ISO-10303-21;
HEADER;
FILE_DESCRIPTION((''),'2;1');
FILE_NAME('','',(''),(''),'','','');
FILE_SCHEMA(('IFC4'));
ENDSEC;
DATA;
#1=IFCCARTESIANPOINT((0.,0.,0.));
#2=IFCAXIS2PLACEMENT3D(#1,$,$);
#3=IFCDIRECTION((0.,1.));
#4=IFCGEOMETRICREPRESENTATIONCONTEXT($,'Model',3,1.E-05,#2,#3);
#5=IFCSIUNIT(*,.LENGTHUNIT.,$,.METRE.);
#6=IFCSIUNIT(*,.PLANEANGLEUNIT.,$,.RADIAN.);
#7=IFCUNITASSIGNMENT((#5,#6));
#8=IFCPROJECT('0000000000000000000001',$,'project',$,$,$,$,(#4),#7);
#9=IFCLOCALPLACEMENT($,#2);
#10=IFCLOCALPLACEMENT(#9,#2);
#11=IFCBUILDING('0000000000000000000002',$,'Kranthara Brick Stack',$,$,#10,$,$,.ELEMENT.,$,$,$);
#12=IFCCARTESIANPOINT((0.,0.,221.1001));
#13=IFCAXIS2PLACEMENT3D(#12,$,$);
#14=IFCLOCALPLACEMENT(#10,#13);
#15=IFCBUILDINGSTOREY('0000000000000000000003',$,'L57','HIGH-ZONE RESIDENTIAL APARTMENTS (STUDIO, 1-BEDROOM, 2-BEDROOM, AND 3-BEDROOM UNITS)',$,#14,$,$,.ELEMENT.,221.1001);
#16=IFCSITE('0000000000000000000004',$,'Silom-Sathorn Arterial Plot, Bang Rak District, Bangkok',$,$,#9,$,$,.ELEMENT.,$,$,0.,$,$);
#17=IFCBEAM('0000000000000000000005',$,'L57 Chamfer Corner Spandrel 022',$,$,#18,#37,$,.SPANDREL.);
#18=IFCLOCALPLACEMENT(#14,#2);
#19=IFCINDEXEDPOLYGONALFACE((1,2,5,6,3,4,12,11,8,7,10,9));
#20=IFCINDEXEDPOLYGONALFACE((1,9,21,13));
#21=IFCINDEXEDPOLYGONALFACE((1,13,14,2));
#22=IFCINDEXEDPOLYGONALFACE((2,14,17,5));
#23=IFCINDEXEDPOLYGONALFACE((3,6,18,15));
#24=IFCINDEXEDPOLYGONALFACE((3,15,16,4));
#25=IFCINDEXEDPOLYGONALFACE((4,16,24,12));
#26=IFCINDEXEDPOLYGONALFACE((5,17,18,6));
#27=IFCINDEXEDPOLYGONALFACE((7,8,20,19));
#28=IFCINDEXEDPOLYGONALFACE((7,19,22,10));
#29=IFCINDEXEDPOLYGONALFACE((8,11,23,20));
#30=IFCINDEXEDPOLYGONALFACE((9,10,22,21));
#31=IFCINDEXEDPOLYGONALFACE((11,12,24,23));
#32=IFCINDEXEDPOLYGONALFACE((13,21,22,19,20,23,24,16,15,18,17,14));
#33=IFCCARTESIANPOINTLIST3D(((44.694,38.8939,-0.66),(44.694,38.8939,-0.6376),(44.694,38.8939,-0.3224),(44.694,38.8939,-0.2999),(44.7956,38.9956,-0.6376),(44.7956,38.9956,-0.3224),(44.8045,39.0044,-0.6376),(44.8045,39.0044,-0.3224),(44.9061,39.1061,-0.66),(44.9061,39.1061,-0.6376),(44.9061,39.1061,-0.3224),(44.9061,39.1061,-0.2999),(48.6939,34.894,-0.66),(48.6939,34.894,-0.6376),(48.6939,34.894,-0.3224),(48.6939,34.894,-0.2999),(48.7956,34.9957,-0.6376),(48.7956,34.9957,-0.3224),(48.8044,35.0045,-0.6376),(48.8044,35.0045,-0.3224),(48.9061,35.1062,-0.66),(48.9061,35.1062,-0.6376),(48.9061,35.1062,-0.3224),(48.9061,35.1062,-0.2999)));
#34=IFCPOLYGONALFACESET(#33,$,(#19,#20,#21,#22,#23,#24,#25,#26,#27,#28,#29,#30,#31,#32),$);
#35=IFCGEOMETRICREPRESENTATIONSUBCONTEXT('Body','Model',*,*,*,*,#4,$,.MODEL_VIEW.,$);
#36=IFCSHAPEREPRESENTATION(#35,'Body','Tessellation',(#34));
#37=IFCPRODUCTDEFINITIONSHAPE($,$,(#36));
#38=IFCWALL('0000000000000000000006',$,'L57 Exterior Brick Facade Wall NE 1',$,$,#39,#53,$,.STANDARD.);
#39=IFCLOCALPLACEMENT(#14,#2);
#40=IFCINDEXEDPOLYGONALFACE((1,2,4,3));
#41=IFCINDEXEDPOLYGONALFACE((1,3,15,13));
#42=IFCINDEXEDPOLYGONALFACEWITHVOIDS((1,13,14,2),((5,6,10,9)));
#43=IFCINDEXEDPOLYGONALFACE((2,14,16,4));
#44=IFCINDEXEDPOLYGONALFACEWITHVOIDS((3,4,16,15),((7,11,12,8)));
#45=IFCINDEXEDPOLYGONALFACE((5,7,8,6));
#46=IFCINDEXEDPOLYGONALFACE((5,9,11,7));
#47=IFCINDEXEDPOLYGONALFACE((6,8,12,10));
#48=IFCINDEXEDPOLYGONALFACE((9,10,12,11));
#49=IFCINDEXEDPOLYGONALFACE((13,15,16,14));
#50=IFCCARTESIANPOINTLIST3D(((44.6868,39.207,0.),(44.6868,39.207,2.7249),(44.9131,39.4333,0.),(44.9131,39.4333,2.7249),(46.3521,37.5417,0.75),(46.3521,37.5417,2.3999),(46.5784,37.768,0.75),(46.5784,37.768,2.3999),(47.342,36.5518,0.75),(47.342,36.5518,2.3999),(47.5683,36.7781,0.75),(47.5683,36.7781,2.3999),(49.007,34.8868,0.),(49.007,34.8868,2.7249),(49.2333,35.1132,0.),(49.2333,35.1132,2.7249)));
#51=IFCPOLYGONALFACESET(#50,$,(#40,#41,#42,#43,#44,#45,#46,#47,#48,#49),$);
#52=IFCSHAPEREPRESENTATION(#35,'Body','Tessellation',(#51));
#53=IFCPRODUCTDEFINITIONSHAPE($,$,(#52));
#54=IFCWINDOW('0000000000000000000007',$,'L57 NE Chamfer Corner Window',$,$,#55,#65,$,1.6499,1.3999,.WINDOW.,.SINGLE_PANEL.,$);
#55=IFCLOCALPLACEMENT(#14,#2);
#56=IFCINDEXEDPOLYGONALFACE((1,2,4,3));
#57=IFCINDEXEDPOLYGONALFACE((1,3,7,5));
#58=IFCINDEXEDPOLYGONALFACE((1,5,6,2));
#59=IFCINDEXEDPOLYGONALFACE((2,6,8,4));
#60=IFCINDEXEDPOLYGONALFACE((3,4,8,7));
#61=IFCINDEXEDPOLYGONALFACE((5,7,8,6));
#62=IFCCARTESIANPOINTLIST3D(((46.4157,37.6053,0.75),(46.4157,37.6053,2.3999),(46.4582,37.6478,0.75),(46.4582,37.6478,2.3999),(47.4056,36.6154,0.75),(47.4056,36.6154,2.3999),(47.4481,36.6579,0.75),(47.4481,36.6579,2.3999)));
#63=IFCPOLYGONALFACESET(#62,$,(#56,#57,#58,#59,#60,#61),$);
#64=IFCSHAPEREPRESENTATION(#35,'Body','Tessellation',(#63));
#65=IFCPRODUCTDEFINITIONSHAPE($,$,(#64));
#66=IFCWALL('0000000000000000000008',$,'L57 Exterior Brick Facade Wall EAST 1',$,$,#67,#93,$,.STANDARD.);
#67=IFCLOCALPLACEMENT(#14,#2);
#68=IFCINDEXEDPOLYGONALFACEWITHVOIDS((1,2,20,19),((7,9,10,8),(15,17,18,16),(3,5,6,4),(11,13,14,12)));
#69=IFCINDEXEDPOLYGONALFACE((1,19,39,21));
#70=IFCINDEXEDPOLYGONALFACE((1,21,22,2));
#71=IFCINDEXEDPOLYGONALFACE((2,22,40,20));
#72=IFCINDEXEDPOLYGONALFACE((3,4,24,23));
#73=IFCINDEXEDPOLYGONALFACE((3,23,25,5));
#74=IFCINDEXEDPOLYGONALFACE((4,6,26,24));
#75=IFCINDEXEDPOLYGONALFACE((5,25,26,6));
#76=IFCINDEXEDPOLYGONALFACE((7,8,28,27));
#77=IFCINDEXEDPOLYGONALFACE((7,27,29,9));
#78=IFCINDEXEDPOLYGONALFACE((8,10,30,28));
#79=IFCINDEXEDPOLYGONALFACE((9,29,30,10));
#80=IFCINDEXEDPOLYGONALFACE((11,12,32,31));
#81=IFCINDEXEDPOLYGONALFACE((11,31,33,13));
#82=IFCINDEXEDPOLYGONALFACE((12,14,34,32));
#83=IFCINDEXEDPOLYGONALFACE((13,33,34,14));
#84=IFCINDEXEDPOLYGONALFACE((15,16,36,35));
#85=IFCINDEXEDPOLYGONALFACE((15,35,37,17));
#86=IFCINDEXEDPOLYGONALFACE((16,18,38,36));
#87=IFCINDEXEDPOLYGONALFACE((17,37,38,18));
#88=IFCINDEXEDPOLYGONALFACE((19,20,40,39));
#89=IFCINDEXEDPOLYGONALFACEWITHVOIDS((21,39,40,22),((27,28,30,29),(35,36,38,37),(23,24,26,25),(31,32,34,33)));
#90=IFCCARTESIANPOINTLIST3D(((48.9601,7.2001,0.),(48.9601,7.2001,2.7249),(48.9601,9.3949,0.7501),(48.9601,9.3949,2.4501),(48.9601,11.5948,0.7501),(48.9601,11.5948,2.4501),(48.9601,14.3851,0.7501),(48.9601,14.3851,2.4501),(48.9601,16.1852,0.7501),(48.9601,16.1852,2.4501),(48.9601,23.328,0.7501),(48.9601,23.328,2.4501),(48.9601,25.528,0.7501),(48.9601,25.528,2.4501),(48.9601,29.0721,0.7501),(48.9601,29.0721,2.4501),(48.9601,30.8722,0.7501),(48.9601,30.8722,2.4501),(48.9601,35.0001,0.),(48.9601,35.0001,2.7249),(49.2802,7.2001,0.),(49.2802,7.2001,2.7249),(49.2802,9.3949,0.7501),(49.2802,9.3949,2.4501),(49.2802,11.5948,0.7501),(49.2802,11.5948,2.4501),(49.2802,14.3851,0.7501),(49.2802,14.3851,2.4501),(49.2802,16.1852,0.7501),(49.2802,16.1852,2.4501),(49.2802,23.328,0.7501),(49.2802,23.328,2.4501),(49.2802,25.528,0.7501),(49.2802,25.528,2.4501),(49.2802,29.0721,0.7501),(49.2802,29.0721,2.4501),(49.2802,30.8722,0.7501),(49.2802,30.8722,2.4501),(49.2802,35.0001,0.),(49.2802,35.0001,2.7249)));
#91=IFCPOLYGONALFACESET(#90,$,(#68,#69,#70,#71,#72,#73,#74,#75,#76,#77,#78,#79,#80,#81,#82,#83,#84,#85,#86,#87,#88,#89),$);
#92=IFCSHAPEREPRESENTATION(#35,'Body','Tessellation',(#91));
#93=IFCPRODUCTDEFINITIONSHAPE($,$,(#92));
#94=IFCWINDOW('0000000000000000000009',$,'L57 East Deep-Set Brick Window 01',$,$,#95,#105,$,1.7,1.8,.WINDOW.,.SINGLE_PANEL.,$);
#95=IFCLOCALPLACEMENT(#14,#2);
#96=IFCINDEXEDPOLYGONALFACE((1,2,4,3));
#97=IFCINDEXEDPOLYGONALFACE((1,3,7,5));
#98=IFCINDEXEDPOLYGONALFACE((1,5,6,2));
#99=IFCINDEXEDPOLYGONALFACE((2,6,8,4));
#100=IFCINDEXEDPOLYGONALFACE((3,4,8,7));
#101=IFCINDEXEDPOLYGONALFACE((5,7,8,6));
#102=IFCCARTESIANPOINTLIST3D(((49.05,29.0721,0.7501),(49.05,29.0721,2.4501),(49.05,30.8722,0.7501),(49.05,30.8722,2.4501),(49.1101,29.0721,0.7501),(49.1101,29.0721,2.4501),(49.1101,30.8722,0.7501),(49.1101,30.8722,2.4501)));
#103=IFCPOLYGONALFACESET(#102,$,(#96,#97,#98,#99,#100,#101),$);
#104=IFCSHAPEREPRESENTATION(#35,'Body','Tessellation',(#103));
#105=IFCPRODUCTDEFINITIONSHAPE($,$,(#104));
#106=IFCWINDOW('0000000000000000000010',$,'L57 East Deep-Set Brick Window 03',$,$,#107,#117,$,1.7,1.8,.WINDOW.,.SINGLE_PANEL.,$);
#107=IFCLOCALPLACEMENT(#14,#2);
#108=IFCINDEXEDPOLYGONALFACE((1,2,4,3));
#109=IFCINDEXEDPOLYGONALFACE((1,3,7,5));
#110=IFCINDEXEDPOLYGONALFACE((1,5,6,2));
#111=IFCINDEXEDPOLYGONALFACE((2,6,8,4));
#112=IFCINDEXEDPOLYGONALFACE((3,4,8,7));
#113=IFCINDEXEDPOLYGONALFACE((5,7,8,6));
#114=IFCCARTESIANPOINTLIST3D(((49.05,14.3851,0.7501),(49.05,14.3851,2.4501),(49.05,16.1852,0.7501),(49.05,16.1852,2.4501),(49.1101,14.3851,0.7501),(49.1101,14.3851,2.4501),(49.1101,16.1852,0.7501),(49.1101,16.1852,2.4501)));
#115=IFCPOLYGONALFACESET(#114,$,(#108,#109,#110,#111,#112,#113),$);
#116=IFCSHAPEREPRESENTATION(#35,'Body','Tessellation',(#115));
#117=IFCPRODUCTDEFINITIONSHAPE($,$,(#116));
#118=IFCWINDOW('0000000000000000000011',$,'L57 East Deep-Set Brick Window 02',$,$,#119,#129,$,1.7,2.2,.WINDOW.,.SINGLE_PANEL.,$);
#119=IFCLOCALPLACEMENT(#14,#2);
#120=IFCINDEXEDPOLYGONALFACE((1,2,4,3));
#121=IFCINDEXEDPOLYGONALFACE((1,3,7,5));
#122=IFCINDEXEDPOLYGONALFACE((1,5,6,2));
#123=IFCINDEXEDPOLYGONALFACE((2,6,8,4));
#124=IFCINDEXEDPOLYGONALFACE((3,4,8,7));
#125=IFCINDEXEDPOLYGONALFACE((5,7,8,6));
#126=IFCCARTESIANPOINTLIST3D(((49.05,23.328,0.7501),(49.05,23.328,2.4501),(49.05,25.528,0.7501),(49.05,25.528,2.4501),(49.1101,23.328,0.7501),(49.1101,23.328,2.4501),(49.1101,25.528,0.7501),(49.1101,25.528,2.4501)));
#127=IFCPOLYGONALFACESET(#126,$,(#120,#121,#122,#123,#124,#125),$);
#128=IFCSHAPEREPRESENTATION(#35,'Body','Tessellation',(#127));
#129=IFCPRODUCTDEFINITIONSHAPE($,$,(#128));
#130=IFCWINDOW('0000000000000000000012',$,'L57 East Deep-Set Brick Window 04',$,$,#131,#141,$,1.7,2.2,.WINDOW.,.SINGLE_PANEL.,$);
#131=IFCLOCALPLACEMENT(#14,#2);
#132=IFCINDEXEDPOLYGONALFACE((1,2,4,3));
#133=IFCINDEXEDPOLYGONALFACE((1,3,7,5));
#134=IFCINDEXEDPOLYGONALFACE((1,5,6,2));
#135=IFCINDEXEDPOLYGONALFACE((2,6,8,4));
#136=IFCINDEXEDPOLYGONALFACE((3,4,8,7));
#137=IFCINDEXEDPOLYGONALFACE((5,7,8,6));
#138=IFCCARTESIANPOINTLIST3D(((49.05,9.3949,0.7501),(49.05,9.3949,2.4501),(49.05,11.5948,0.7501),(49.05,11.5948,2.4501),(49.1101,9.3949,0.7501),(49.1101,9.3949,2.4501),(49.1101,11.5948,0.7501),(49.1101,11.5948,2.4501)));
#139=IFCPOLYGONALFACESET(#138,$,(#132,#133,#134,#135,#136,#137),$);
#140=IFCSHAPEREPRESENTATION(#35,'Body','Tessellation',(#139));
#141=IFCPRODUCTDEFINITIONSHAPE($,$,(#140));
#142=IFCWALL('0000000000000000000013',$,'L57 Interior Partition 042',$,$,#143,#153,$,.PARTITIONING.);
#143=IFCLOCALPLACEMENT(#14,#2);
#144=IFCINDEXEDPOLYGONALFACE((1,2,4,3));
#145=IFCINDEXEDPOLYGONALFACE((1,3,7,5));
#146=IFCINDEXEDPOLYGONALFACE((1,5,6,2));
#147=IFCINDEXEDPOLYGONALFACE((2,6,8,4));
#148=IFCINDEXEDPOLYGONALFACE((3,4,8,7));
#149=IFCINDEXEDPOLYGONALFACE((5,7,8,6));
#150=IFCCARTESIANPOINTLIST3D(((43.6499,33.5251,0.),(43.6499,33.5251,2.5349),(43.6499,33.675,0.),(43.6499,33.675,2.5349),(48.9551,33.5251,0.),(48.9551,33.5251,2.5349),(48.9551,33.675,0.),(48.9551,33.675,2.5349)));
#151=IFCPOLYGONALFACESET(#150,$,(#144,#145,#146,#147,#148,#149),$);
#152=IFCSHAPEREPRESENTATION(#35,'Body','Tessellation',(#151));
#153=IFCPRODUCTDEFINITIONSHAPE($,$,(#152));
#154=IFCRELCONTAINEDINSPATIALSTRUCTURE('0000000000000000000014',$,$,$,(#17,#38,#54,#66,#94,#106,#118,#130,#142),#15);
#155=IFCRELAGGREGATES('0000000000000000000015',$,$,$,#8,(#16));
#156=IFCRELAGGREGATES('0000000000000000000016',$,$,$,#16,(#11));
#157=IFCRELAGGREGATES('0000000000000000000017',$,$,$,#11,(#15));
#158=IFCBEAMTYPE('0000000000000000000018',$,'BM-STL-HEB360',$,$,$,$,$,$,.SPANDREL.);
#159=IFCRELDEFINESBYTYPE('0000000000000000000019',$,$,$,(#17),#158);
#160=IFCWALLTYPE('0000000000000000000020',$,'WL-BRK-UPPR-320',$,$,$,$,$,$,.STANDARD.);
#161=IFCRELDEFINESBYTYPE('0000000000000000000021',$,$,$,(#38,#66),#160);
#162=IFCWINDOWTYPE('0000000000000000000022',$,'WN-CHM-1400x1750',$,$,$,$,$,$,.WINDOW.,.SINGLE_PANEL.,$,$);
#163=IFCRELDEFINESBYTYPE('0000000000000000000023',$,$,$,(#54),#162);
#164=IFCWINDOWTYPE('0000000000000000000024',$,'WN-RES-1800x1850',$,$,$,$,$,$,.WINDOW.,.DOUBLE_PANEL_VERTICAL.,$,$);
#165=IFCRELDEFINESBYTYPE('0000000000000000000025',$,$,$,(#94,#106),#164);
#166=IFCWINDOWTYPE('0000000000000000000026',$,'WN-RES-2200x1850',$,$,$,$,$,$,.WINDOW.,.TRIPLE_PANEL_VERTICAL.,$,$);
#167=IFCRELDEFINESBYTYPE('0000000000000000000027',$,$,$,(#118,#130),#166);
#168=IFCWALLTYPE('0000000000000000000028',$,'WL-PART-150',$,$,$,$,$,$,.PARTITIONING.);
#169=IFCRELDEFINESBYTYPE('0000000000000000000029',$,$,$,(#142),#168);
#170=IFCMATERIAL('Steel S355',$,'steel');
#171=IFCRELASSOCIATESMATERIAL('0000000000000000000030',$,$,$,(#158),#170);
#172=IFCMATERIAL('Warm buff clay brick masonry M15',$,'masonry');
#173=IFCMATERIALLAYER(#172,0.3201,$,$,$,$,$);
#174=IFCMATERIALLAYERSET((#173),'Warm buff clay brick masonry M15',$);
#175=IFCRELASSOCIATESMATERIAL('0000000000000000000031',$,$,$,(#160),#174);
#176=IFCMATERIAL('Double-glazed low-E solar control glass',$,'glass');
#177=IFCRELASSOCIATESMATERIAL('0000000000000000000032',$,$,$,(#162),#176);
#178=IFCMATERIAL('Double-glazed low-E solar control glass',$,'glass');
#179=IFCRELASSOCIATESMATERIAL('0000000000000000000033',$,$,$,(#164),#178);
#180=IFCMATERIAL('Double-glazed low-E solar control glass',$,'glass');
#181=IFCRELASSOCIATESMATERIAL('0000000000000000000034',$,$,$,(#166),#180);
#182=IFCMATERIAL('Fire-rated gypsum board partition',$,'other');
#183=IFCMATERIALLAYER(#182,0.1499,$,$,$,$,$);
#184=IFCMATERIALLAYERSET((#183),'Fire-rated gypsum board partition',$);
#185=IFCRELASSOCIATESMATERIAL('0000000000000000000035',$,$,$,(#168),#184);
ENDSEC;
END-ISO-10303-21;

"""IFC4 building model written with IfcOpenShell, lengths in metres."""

from ifc_helpers import new_model, si_unit, direction, frame, frame_2d, origin, origin_2d, place, context, subcontext, project, spatial, rectangle, i_section, extrude, material, layer, layer_set, material_profile, profile_set, type_object, element, fill, save


model = new_model("IFC4")

# Units and contexts
model_context = context("Model", 3, precision=1e-05, world=origin(), true_north=direction((0.0, 1.0)))
body_context = subcontext(model_context, "Body", "Model", "MODEL_VIEW")
ifc_project = project(units=[si_unit("LENGTHUNIT", "METRE"), si_unit("PLANEANGLEUNIT", "RADIAN")], contexts=[model_context])

# Site, building, storey
site_placement = place(None, origin())
site = spatial("IfcSite", under=ifc_project, at=site_placement, Name="Silom-Sathorn Arterial Plot, Bang Rak District, Bangkok", CompositionType="ELEMENT", RefElevation=0.0)
building_placement = place(site_placement, origin())
building = spatial("IfcBuilding", under=site, at=building_placement, Name="Kranthara Brick Stack", CompositionType="ELEMENT")
storey_placement = place(building_placement, frame((0.0, 0.0, 221.1001)))
storey = spatial("IfcBuildingStorey", under=building, at=storey_placement, Name="L57", Description="HIGH-ZONE RESIDENTIAL APARTMENTS (STUDIO, 1-BEDROOM, 2-BEDROOM, AND 3-BEDROOM UNITS)", CompositionType="ELEMENT", Elevation=221.1001)

# Beam
ifc_material_1 = material(Name="Steel S355", Category="steel")
ifc_material_profile_1 = material_profile(ifc_material_1, i_section(OverallWidth=0.3, OverallDepth=0.3601, WebThickness=0.0125, FlangeThickness=0.0225, at=origin_2d()), Name="HEB 360")
ifc_profile_set_1 = profile_set([ifc_material_profile_1], Name="Steel S355")
beam_type_1 = type_object("IfcBeamType", Name="BM-STL-HEB360", PredefinedType="SPANDREL", material=ifc_profile_set_1)
beam_1_placement = place(storey_placement, frame((44.8, 39.0, -0.48), z_axis=(0.707107, -0.707107, 0.0), x_axis=(0.707107, 0.707107, 0.0)))
element("IfcBeam", 1, at=beam_1_placement, inside=storey, type_object=beam_type_1, Name="L57 Chamfer Corner Spandrel 022", PredefinedType="SPANDREL", context=body_context, shape_type="SweptSolid", body=[
    extrude(i_section(OverallWidth=0.3, OverallDepth=0.3601, WebThickness=0.0125, FlangeThickness=0.0225, at=origin_2d()), origin(), (0.0, 0.0, 1.0), 5.6567),
])

# Wall, opening, window
ifc_material_2 = material(Name="Warm buff clay brick masonry M15", Category="masonry")
ifc_layer_1 = layer(ifc_material_2, 0.3201)
ifc_layer_set_1 = layer_set([ifc_layer_1], Name="Warm buff clay brick masonry M15")
wall_type_1 = type_object("IfcWallType", Name="WL-BRK-UPPR-320", PredefinedType="STANDARD", material=ifc_layer_set_1)
wall_1_placement = place(storey_placement, frame((44.8, 39.3201, 0.0), z_axis=(0.0, 0.0, 1.0), x_axis=(0.707107, -0.707107, 0.0)))
wall_1 = element("IfcWall", 2, at=wall_1_placement, inside=storey, type_object=wall_type_1, Name="L57 Exterior Brick Facade Wall NE 1", PredefinedType="STANDARD", context=body_context, shape_type="SweptSolid", body=[
    extrude(rectangle(XDim=6.1096, YDim=0.3201, at=frame_2d((3.0547, 0.0))), origin(), (0.0, 0.0, 1.0), 2.7249),
])
opening_1_placement = place(wall_1_placement, frame((2.355, 0.0, 0.75)))
opening_1 = element("IfcOpeningElement", 3, at=opening_1_placement, cuts=wall_1, PredefinedType="OPENING", context=body_context, shape_type="SweptSolid", body=[
    extrude(rectangle(XDim=1.3999, YDim=1.6499, at=frame_2d((0.7, 0.825))), frame((0.0, 0.1699, 0.0), z_axis=(0.0, -1.0, 0.0), x_axis=(1.0, 0.0, 0.0)), (0.0, 0.0, 1.0), 0.3401),
])
ifc_material_3 = material(Name="Double-glazed low-E solar control glass", Category="glass")
window_type_1 = type_object("IfcWindowType", Name="WN-CHM-1400x1750", PartitioningType="SINGLE_PANEL", PredefinedType="WINDOW", material=ifc_material_3)
window_1_placement = place(opening_1_placement, origin())
window_1 = element("IfcWindow", 4, at=window_1_placement, inside=storey, type_object=window_type_1, Name="L57 NE Chamfer Corner Window", OverallHeight=1.6499, OverallWidth=1.3999, PartitioningType="SINGLE_PANEL", PredefinedType="WINDOW", context=body_context, shape_type="SweptSolid", body=[
    extrude(rectangle(XDim=1.3999, YDim=1.6499, at=frame_2d((0.7, 0.825))), frame((0.0, -0.01, 0.0), z_axis=(0.0, -1.0, 0.0), x_axis=(1.0, 0.0, 0.0)), (0.0, 0.0, 1.0), 0.0601),
])
fill(opening_1, window_1)

# Wall, openings, windows
wall_2_placement = place(storey_placement, frame((49.1201, 35.0, 0.0), z_axis=(0.0, 0.0, 1.0), x_axis=(0.0, -1.0, 0.0)))
wall_2 = element("IfcWall", 5, at=wall_2_placement, inside=storey, type_object=wall_type_1, Name="L57 Exterior Brick Facade Wall EAST 1", PredefinedType="STANDARD", context=body_context, shape_type="SweptSolid", body=[
    extrude(rectangle(XDim=27.8, YDim=0.3201, at=frame_2d((13.8999, 0.0))), origin(), (0.0, 0.0, 1.0), 2.7249),
])
opening_2_placement = place(wall_2_placement, frame((4.1279, 0.0, 0.75)))
opening_2 = element("IfcOpeningElement", 6, at=opening_2_placement, cuts=wall_2, PredefinedType="OPENING", context=body_context, shape_type="SweptSolid", body=[
    extrude(rectangle(XDim=1.8, YDim=1.7, at=frame_2d((0.8999, 0.8501))), frame((0.0, 0.1699, 0.0), z_axis=(0.0, -1.0, 0.0), x_axis=(1.0, 0.0, 0.0)), (0.0, 0.0, 1.0), 0.3401),
])
opening_3_placement = place(wall_2_placement, frame((9.4719, 0.0, 0.75)))
opening_3 = element("IfcOpeningElement", 7, at=opening_3_placement, cuts=wall_2, PredefinedType="OPENING", context=body_context, shape_type="SweptSolid", body=[
    extrude(rectangle(XDim=2.2, YDim=1.7, at=frame_2d((1.1001, 0.8501))), frame((0.0, 0.1699, 0.0), z_axis=(0.0, -1.0, 0.0), x_axis=(1.0, 0.0, 0.0)), (0.0, 0.0, 1.0), 0.3401),
])
opening_4_placement = place(wall_2_placement, frame((18.8149, 0.0, 0.75)))
opening_4 = element("IfcOpeningElement", 8, at=opening_4_placement, cuts=wall_2, PredefinedType="OPENING", context=body_context, shape_type="SweptSolid", body=[
    extrude(rectangle(XDim=1.8, YDim=1.7, at=frame_2d((0.8999, 0.8501))), frame((0.0, 0.1699, 0.0), z_axis=(0.0, -1.0, 0.0), x_axis=(1.0, 0.0, 0.0)), (0.0, 0.0, 1.0), 0.3401),
])
opening_5_placement = place(wall_2_placement, frame((23.405, 0.0, 0.75)))
opening_5 = element("IfcOpeningElement", 9, at=opening_5_placement, cuts=wall_2, PredefinedType="OPENING", context=body_context, shape_type="SweptSolid", body=[
    extrude(rectangle(XDim=2.2, YDim=1.7, at=frame_2d((1.1001, 0.8501))), frame((0.0, 0.1699, 0.0), z_axis=(0.0, -1.0, 0.0), x_axis=(1.0, 0.0, 0.0)), (0.0, 0.0, 1.0), 0.3401),
])
ifc_material_4 = material(Name="Double-glazed low-E solar control glass", Category="glass")
window_type_2 = type_object("IfcWindowType", Name="WN-RES-1800x1850", PartitioningType="DOUBLE_PANEL_VERTICAL", PredefinedType="WINDOW", material=ifc_material_4)
window_2_placement = place(opening_2_placement, origin())
window_2 = element("IfcWindow", 10, at=window_2_placement, inside=storey, type_object=window_type_2, Name="L57 East Deep-Set Brick Window 01", OverallHeight=1.7, OverallWidth=1.8, PartitioningType="SINGLE_PANEL", PredefinedType="WINDOW", context=body_context, shape_type="SweptSolid", body=[
    extrude(rectangle(XDim=1.8, YDim=1.7, at=frame_2d((0.8999, 0.8501))), frame((0.0, -0.01, 0.0), z_axis=(0.0, -1.0, 0.0), x_axis=(1.0, 0.0, 0.0)), (0.0, 0.0, 1.0), 0.0601),
])
fill(opening_2, window_2)
window_3_placement = place(opening_4_placement, origin())
window_3 = element("IfcWindow", 11, at=window_3_placement, inside=storey, type_object=window_type_2, Name="L57 East Deep-Set Brick Window 03", OverallHeight=1.7, OverallWidth=1.8, PartitioningType="SINGLE_PANEL", PredefinedType="WINDOW", context=body_context, shape_type="SweptSolid", body=[
    extrude(rectangle(XDim=1.8, YDim=1.7, at=frame_2d((0.8999, 0.8501))), frame((0.0, -0.01, 0.0), z_axis=(0.0, -1.0, 0.0), x_axis=(1.0, 0.0, 0.0)), (0.0, 0.0, 1.0), 0.0601),
])
fill(opening_4, window_3)
ifc_material_5 = material(Name="Double-glazed low-E solar control glass", Category="glass")
window_type_3 = type_object("IfcWindowType", Name="WN-RES-2200x1850", PartitioningType="TRIPLE_PANEL_VERTICAL", PredefinedType="WINDOW", material=ifc_material_5)
window_4_placement = place(opening_3_placement, origin())
window_4 = element("IfcWindow", 12, at=window_4_placement, inside=storey, type_object=window_type_3, Name="L57 East Deep-Set Brick Window 02", OverallHeight=1.7, OverallWidth=2.2, PartitioningType="SINGLE_PANEL", PredefinedType="WINDOW", context=body_context, shape_type="SweptSolid", body=[
    extrude(rectangle(XDim=2.2, YDim=1.7, at=frame_2d((1.1001, 0.8501))), frame((0.0, -0.01, 0.0), z_axis=(0.0, -1.0, 0.0), x_axis=(1.0, 0.0, 0.0)), (0.0, 0.0, 1.0), 0.0601),
])
fill(opening_3, window_4)
window_5_placement = place(opening_5_placement, origin())
window_5 = element("IfcWindow", 13, at=window_5_placement, inside=storey, type_object=window_type_3, Name="L57 East Deep-Set Brick Window 04", OverallHeight=1.7, OverallWidth=2.2, PartitioningType="SINGLE_PANEL", PredefinedType="WINDOW", context=body_context, shape_type="SweptSolid", body=[
    extrude(rectangle(XDim=2.2, YDim=1.7, at=frame_2d((1.1001, 0.8501))), frame((0.0, -0.01, 0.0), z_axis=(0.0, -1.0, 0.0), x_axis=(1.0, 0.0, 0.0)), (0.0, 0.0, 1.0), 0.0601),
])
fill(opening_5, window_5)

# Wall
ifc_material_6 = material(Name="Fire-rated gypsum board partition", Category="other")
ifc_layer_2 = layer(ifc_material_6, 0.1499)
ifc_layer_set_2 = layer_set([ifc_layer_2], Name="Fire-rated gypsum board partition")
wall_type_2 = type_object("IfcWallType", Name="WL-PART-150", PredefinedType="PARTITIONING", material=ifc_layer_set_2)
wall_3_placement = place(storey_placement, frame((43.6499, 33.6001, 0.0), z_axis=(0.0, 0.0, 1.0), x_axis=(1.0, 0.0, 0.0)))
element("IfcWall", 14, at=wall_3_placement, inside=storey, type_object=wall_type_2, Name="L57 Interior Partition 042", PredefinedType="PARTITIONING", context=body_context, shape_type="SweptSolid", body=[
    extrude(rectangle(XDim=5.3052, YDim=0.1499, at=frame_2d((2.6526, 0.0))), origin(), (0.0, 0.0, 1.0), 2.5349),
])

save(model, "model.ifc")
